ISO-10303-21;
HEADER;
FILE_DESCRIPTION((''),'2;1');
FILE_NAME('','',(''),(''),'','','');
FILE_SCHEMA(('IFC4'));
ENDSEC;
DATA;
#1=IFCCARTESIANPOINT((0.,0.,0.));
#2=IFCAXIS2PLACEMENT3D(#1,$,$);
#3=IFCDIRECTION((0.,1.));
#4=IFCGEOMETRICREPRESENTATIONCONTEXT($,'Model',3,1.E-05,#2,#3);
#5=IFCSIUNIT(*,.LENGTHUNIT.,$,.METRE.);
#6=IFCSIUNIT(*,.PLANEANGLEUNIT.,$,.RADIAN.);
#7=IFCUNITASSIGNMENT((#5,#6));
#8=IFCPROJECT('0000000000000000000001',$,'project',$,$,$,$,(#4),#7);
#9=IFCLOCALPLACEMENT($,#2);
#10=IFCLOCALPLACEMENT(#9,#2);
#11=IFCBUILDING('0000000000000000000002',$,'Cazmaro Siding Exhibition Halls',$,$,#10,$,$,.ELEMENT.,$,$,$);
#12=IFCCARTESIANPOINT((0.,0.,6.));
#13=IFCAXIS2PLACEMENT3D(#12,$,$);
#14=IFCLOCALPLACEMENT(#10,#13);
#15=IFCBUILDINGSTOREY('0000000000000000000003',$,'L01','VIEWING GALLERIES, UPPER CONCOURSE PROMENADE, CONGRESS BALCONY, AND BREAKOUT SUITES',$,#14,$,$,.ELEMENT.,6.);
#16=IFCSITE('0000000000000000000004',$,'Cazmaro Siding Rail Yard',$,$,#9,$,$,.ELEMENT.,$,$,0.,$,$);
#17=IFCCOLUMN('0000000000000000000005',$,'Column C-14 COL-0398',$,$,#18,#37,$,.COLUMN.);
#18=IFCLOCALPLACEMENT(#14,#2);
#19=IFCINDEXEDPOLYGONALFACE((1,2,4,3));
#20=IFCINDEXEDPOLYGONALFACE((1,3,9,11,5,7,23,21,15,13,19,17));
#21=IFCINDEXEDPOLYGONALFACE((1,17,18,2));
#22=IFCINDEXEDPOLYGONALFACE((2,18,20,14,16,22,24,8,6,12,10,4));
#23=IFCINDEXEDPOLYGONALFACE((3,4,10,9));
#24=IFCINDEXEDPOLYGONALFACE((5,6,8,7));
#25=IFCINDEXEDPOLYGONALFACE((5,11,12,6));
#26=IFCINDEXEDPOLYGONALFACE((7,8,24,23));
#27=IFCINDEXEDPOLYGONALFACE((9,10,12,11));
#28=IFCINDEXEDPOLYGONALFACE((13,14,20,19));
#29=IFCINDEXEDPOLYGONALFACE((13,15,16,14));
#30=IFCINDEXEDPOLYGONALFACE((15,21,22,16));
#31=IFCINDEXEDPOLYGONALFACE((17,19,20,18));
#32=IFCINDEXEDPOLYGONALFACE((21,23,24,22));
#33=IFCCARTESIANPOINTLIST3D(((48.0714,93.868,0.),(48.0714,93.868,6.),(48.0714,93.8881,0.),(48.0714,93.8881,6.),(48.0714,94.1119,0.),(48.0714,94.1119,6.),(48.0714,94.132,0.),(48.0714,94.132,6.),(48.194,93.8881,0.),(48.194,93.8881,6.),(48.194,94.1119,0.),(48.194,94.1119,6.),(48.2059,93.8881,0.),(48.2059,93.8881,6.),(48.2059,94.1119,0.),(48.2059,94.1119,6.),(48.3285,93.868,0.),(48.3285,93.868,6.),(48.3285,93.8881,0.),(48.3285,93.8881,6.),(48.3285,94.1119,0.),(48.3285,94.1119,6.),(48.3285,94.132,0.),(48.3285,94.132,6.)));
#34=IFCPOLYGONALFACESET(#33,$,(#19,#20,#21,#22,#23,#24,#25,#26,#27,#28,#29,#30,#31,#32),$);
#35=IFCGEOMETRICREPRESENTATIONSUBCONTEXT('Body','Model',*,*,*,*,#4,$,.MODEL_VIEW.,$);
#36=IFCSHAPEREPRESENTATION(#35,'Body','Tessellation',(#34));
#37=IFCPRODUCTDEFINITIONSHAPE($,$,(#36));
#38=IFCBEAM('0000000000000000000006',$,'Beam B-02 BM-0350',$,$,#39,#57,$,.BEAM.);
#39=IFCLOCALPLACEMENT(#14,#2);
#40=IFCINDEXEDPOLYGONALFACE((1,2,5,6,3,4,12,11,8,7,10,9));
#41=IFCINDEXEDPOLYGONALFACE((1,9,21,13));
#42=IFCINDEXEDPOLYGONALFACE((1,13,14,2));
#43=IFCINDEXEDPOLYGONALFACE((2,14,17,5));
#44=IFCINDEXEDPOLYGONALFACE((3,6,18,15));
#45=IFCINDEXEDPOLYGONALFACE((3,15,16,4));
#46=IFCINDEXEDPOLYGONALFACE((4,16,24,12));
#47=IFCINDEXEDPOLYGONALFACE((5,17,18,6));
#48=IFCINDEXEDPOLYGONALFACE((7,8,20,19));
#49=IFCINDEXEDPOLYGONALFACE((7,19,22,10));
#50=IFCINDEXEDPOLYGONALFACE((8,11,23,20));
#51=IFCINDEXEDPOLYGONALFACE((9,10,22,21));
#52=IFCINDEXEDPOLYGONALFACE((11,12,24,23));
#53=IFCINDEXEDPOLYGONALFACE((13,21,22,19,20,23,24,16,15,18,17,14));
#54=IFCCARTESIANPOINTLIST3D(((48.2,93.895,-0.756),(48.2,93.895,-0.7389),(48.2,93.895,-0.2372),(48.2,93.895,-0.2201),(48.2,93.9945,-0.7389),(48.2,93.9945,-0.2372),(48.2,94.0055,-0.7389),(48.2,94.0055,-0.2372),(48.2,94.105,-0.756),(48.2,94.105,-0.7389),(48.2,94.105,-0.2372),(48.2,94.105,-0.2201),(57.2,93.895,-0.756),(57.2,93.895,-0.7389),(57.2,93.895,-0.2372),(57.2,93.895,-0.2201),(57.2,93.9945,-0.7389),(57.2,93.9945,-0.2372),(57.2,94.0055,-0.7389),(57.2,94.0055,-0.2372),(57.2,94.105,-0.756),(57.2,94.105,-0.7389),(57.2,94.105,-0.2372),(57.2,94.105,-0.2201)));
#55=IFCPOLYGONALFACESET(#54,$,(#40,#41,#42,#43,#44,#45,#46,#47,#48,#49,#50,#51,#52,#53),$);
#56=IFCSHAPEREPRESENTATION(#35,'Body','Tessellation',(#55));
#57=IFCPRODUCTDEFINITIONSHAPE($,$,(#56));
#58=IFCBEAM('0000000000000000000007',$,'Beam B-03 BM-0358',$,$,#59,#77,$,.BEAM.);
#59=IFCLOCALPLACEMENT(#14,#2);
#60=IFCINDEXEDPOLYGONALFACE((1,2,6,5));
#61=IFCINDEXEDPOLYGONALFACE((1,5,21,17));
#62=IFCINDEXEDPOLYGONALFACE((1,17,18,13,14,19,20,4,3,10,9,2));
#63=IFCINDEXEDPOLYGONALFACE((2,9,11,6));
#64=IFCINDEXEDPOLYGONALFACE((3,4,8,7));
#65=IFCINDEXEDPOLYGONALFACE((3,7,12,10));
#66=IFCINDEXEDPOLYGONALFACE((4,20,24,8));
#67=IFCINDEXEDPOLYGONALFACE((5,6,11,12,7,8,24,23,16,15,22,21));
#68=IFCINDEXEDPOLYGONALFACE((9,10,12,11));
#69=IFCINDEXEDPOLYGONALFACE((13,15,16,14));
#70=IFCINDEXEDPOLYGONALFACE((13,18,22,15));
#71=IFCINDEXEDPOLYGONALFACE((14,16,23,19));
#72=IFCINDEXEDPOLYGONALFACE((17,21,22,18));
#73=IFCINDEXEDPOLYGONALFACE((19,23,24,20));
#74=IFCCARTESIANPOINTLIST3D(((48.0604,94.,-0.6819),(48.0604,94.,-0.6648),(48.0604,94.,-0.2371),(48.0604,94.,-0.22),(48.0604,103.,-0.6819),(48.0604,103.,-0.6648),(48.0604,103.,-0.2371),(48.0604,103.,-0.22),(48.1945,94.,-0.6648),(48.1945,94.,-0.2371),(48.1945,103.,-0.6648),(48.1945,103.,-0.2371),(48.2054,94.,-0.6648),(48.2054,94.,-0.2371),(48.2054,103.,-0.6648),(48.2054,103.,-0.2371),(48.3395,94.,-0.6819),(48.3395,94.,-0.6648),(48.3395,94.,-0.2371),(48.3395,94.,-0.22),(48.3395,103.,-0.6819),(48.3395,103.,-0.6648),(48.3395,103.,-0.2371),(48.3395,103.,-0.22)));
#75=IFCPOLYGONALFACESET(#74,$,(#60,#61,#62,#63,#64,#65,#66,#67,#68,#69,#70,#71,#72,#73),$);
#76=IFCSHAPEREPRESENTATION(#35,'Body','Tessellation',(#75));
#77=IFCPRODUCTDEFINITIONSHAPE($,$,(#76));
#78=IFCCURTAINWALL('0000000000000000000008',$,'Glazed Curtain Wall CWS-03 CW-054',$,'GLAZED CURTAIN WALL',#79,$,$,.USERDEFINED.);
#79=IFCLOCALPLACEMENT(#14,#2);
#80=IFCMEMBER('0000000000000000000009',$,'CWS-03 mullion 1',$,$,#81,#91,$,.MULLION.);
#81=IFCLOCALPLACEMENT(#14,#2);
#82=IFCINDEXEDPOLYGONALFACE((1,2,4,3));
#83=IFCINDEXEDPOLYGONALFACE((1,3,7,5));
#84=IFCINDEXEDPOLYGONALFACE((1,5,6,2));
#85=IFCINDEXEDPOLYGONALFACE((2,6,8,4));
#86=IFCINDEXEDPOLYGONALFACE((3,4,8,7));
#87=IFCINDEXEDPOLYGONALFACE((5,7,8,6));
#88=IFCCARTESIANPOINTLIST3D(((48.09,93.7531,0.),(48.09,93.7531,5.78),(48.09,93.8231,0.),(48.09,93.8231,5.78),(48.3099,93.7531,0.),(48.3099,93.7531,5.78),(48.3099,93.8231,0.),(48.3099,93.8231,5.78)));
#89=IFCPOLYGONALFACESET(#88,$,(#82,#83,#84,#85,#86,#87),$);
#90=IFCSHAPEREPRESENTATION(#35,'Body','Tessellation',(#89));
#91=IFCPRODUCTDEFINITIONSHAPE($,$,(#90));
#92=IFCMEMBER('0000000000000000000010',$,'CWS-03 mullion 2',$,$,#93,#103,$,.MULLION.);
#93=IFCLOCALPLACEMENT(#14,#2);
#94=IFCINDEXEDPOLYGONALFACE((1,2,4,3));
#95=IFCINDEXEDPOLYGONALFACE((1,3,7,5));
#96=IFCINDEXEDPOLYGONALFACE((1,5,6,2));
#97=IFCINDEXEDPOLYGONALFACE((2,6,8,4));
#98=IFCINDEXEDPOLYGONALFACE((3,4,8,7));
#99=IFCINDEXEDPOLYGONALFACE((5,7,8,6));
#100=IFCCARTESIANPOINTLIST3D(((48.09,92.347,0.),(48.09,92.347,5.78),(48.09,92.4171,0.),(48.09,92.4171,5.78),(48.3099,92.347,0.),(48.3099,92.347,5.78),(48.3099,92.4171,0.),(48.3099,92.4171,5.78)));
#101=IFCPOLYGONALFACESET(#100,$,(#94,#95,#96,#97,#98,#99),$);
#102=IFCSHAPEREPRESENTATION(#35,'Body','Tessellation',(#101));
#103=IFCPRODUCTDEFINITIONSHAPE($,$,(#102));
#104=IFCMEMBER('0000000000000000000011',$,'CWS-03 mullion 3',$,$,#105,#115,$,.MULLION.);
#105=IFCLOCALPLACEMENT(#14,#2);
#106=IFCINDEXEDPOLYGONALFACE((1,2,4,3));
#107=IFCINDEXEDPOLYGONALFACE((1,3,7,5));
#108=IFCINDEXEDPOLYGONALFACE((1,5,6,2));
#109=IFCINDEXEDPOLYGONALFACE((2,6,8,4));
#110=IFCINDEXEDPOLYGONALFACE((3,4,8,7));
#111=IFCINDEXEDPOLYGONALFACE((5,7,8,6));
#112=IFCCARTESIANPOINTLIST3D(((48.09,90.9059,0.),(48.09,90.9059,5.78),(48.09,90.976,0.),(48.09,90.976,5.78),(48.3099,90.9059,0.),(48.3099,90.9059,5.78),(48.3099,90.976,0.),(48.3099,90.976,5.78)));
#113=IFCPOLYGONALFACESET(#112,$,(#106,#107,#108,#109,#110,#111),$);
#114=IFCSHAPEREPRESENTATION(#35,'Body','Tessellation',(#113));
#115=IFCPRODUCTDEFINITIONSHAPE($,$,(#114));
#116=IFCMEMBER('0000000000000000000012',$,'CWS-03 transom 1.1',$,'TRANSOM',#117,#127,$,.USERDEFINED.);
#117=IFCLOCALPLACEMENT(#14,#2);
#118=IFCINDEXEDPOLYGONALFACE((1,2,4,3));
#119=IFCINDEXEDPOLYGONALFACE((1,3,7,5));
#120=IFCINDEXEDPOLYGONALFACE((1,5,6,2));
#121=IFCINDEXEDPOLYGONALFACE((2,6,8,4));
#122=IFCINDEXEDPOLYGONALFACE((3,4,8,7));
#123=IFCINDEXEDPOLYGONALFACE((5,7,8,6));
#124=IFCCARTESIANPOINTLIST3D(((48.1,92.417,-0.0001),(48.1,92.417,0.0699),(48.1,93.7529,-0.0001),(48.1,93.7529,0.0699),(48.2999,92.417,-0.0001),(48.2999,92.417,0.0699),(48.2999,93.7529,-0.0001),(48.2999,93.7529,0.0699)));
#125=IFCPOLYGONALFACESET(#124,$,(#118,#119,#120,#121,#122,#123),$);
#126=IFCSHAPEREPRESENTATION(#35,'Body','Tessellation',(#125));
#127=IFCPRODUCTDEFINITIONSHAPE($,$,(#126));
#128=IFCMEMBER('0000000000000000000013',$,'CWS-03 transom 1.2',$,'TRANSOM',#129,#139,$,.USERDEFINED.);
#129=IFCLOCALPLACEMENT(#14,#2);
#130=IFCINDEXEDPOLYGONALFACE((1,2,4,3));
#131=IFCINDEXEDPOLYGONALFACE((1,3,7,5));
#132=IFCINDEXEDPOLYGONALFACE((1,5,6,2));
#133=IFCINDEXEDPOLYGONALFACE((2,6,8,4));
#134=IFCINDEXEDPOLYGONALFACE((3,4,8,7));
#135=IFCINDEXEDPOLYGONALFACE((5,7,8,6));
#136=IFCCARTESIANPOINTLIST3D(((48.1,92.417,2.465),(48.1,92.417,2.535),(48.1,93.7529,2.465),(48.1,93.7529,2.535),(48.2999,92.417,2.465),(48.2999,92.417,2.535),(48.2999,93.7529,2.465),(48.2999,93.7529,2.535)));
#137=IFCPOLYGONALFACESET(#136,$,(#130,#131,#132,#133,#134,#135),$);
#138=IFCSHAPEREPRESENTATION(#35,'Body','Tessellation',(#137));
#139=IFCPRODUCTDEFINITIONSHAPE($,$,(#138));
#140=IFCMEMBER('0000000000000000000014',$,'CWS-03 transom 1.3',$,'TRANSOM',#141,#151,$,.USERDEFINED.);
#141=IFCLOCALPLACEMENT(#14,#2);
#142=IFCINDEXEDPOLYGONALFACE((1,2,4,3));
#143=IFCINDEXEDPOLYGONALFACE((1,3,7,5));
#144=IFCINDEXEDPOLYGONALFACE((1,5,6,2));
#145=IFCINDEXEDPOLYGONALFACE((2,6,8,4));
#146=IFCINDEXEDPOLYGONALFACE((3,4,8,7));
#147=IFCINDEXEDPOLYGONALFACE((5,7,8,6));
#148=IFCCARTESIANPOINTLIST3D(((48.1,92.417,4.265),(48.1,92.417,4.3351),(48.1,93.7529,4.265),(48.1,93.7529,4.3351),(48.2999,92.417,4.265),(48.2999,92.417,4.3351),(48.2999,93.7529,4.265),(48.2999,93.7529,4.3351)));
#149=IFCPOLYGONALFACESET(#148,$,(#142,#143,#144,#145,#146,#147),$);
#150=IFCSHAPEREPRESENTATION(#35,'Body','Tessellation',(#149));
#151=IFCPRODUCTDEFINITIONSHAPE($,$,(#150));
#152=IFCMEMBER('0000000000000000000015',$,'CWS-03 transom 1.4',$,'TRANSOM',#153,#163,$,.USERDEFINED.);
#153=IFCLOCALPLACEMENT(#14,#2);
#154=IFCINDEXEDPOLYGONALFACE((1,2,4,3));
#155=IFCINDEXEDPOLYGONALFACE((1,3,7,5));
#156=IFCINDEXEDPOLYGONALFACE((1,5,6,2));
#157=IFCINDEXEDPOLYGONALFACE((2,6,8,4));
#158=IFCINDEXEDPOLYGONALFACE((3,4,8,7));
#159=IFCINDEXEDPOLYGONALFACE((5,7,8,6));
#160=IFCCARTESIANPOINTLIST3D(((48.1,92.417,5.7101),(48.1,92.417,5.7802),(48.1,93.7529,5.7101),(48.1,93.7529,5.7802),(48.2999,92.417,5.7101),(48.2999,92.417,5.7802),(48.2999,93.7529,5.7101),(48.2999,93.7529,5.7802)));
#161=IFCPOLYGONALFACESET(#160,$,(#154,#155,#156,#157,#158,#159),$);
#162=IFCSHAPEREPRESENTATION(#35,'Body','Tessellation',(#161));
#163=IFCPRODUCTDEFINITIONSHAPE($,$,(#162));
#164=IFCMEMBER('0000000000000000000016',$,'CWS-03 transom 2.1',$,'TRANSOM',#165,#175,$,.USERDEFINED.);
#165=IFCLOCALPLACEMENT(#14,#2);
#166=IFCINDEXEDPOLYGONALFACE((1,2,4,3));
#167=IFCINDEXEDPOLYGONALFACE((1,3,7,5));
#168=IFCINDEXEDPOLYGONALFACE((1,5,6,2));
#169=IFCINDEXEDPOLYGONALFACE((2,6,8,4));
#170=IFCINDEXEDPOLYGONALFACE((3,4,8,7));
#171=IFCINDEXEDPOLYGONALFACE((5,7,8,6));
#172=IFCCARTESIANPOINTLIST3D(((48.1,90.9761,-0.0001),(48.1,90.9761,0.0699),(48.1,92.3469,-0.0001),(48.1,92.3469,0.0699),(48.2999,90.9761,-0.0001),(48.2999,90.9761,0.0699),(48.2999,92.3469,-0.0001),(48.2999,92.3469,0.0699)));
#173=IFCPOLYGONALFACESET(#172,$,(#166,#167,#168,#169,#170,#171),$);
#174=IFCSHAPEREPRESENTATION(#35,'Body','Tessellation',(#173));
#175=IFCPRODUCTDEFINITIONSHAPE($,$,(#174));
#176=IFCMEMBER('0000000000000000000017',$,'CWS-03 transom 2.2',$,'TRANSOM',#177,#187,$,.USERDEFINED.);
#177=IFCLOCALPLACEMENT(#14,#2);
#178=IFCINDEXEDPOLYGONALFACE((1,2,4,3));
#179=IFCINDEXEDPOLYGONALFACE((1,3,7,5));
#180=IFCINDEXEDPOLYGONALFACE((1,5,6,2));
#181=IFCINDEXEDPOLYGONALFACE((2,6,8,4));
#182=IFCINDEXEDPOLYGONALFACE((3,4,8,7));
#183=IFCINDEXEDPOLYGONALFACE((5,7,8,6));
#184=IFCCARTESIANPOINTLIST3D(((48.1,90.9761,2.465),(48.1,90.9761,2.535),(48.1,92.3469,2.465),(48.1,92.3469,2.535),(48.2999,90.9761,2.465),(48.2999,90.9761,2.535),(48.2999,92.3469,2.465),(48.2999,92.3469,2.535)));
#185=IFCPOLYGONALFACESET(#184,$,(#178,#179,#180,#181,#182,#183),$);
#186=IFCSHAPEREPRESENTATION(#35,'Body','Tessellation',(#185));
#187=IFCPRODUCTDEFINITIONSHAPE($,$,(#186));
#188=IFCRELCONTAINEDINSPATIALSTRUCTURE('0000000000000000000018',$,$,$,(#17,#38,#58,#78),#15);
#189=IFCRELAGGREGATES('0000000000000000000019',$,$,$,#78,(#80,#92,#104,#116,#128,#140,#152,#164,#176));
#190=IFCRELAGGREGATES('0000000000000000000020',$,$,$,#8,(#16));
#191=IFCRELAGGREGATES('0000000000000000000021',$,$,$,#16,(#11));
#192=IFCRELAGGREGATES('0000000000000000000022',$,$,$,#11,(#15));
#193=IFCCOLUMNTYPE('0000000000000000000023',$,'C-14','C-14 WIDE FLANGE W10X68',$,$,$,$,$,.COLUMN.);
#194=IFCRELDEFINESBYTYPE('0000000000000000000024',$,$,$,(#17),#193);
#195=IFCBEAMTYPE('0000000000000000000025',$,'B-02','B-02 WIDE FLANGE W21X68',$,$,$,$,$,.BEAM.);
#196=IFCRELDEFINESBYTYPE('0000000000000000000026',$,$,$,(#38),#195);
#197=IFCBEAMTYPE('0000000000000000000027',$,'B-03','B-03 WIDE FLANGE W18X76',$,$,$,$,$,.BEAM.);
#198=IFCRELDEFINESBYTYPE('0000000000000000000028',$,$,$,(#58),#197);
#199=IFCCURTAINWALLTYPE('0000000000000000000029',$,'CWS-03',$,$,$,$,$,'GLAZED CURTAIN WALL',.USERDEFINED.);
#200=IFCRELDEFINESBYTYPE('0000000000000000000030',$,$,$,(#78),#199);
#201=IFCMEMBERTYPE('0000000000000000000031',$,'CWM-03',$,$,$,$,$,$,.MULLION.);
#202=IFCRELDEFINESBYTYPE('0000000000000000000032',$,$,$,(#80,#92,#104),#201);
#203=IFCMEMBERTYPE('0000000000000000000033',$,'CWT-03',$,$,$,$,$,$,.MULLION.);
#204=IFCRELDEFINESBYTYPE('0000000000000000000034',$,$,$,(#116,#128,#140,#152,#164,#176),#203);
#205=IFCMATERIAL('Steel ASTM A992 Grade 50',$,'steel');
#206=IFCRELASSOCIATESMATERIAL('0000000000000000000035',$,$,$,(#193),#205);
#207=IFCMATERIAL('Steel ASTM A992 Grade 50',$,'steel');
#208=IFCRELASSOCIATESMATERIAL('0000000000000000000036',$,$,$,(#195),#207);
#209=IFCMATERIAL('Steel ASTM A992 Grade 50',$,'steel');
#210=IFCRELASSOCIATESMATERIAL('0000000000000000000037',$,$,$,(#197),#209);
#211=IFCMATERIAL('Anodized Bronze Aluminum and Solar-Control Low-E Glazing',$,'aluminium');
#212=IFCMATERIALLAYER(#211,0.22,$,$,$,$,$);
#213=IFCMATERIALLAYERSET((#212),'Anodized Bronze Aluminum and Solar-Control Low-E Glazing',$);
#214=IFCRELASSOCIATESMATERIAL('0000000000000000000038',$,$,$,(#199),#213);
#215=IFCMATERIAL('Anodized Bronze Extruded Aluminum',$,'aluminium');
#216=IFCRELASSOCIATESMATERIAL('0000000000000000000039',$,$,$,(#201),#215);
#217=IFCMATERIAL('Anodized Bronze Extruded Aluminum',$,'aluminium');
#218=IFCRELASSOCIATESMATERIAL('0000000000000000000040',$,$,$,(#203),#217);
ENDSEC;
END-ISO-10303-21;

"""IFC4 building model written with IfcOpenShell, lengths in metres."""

from ifc_helpers import new_model, si_unit, direction, frame, origin, origin_2d, place, context, subcontext, project, spatial, rectangle, i_section, extrude, material, layer, layer_set, material_profile, profile_set, type_object, element, aggregate, save


model = new_model("IFC4")

# Units and contexts
model_context = context("Model", 3, precision=1e-05, world=origin(), true_north=direction((0.0, 1.0)))
body_context = subcontext(model_context, "Body", "Model", "MODEL_VIEW")
ifc_project = project(units=[si_unit("LENGTHUNIT", "METRE"), si_unit("PLANEANGLEUNIT", "RADIAN")], contexts=[model_context])

# Site, building, storey
site_placement = place(None, origin())
site = spatial("IfcSite", under=ifc_project, at=site_placement, Name="Cazmaro Siding Rail Yard", CompositionType="ELEMENT", RefElevation=0.0)
building_placement = place(site_placement, origin())
building = spatial("IfcBuilding", under=site, at=building_placement, Name="Cazmaro Siding Exhibition Halls", CompositionType="ELEMENT")
storey_placement = place(building_placement, frame((0.0, 0.0, 6.0)))
storey = spatial("IfcBuildingStorey", under=building, at=storey_placement, Name="L01", Description="VIEWING GALLERIES, UPPER CONCOURSE PROMENADE, CONGRESS BALCONY, AND BREAKOUT SUITES", CompositionType="ELEMENT", Elevation=6.0)

# Column
ifc_material_1 = material(Name="Steel ASTM A992 Grade 50", Category="steel")
ifc_material_profile_1 = material_profile(ifc_material_1, i_section(OverallWidth=0.2571, OverallDepth=0.2639, WebThickness=0.012, FlangeThickness=0.02, at=origin_2d()), Name="W10X68")
ifc_profile_set_1 = profile_set([ifc_material_profile_1], Name="Steel ASTM A992 Grade 50")
column_type = type_object("IfcColumnType", Name="C-14", Description="C-14 WIDE FLANGE W10X68", PredefinedType="COLUMN", material=ifc_profile_set_1)
column_placement = place(storey_placement, frame((48.2, 94.0, 0.0), z_axis=(0.0, 0.0, 1.0), x_axis=(1.0, 0.0, 0.0)))
element("IfcColumn", 1, at=column_placement, inside=storey, type_object=column_type, Name="Column C-14 COL-0398", PredefinedType="COLUMN", context=body_context, shape_type="SweptSolid", body=[
    extrude(i_section(OverallWidth=0.2571, OverallDepth=0.2639, WebThickness=0.012, FlangeThickness=0.02, at=origin_2d()), origin(), (0.0, 0.0, 1.0), 6.0),
])

# Beams
ifc_material_2 = material(Name="Steel ASTM A992 Grade 50", Category="steel")
ifc_material_profile_2 = material_profile(ifc_material_2, i_section(OverallWidth=0.21, OverallDepth=0.5359, WebThickness=0.011, FlangeThickness=0.0171, at=origin_2d()), Name="W21X68")
ifc_profile_set_2 = profile_set([ifc_material_profile_2], Name="Steel ASTM A992 Grade 50")
beam_type_1 = type_object("IfcBeamType", Name="B-02", Description="B-02 WIDE FLANGE W21X68", PredefinedType="BEAM", material=ifc_profile_set_2)
beam_1_placement = place(storey_placement, frame((48.2, 94.0, -0.488), z_axis=(1.0, 0.0, 0.0), x_axis=(0.0, 1.0, 0.0)))
element("IfcBeam", 2, at=beam_1_placement, inside=storey, type_object=beam_type_1, Name="Beam B-02 BM-0350", PredefinedType="BEAM", context=body_context, shape_type="SweptSolid", body=[
    extrude(i_section(OverallWidth=0.21, OverallDepth=0.5359, WebThickness=0.011, FlangeThickness=0.0171, at=origin_2d()), origin(), (0.0, 0.0, 1.0), 9.0),
])
ifc_material_3 = material(Name="Steel ASTM A992 Grade 50", Category="steel")
ifc_material_profile_3 = material_profile(ifc_material_3, i_section(OverallWidth=0.2791, OverallDepth=0.4619, WebThickness=0.011, FlangeThickness=0.0171, at=origin_2d()), Name="W18X76")
ifc_profile_set_3 = profile_set([ifc_material_profile_3], Name="Steel ASTM A992 Grade 50")
beam_type_2 = type_object("IfcBeamType", Name="B-03", Description="B-03 WIDE FLANGE W18X76", PredefinedType="BEAM", material=ifc_profile_set_3)
beam_2_placement = place(storey_placement, frame((48.2, 94.0, -0.4509), z_axis=(0.0, 1.0, 0.0), x_axis=(-1.0, 0.0, 0.0)))
element("IfcBeam", 3, at=beam_2_placement, inside=storey, type_object=beam_type_2, Name="Beam B-03 BM-0358", PredefinedType="BEAM", context=body_context, shape_type="SweptSolid", body=[
    extrude(i_section(OverallWidth=0.2791, OverallDepth=0.4619, WebThickness=0.011, FlangeThickness=0.0171, at=origin_2d()), origin(), (0.0, 0.0, 1.0), 9.0),
])

# Curtain wall, members
ifc_material_4 = material(Name="Anodized Bronze Aluminum and Solar-Control Low-E Glazing", Category="aluminium")
ifc_layer_1 = layer(ifc_material_4, 0.22)
ifc_layer_set_1 = layer_set([ifc_layer_1], Name="Anodized Bronze Aluminum and Solar-Control Low-E Glazing")
curtain_wall_type = type_object("IfcCurtainWallType", Name="CWS-03", ElementType="GLAZED CURTAIN WALL", PredefinedType="USERDEFINED", material=ifc_layer_set_1)
curtain_wall_placement = place(storey_placement, origin())
curtain_wall = element("IfcCurtainWall", 4, at=curtain_wall_placement, inside=storey, type_object=curtain_wall_type, Name="Glazed Curtain Wall CWS-03 CW-054", ObjectType="GLAZED CURTAIN WALL", PredefinedType="USERDEFINED")
ifc_material_5 = material(Name="Anodized Bronze Extruded Aluminum", Category="aluminium")
ifc_material_profile_4 = material_profile(ifc_material_5, rectangle(XDim=0.22, YDim=0.0701, at=origin_2d()), Name="CWM-03")
ifc_profile_set_4 = profile_set([ifc_material_profile_4], Name="Anodized Bronze Extruded Aluminum")
member_type_1 = type_object("IfcMemberType", Name="CWM-03", PredefinedType="MULLION", material=ifc_profile_set_4)
member_1_placement = place(storey_placement, frame((48.2, 93.7881, 0.0), z_axis=(0.0, 0.0, 1.0), x_axis=(1.0, 0.0, 0.0)))
member_1 = element("IfcMember", 5, at=member_1_placement, type_object=member_type_1, Name="CWS-03 mullion 1", PredefinedType="MULLION", context=body_context, shape_type="SweptSolid", body=[
    extrude(rectangle(XDim=0.22, YDim=0.0701, at=origin_2d()), origin(), (0.0, 0.0, 1.0), 5.78),
])
member_2_placement = place(storey_placement, frame((48.2, 92.3821, 0.0), z_axis=(0.0, 0.0, 1.0), x_axis=(1.0, 0.0, 0.0)))
member_2 = element("IfcMember", 6, at=member_2_placement, type_object=member_type_1, Name="CWS-03 mullion 2", PredefinedType="MULLION", context=body_context, shape_type="SweptSolid", body=[
    extrude(rectangle(XDim=0.22, YDim=0.0701, at=origin_2d()), origin(), (0.0, 0.0, 1.0), 5.78),
])
member_3_placement = place(storey_placement, frame((48.2, 90.9409, 0.0), z_axis=(0.0, 0.0, 1.0), x_axis=(1.0, 0.0, 0.0)))
member_3 = element("IfcMember", 7, at=member_3_placement, type_object=member_type_1, Name="CWS-03 mullion 3", PredefinedType="MULLION", context=body_context, shape_type="SweptSolid", body=[
    extrude(rectangle(XDim=0.22, YDim=0.0701, at=origin_2d()), origin(), (0.0, 0.0, 1.0), 5.78),
])
ifc_material_6 = material(Name="Anodized Bronze Extruded Aluminum", Category="aluminium")
ifc_material_profile_5 = material_profile(ifc_material_6, rectangle(XDim=0.2, YDim=0.0701, at=origin_2d()), Name="CWT-03")
ifc_profile_set_5 = profile_set([ifc_material_profile_5], Name="Anodized Bronze Extruded Aluminum")
member_type_2 = type_object("IfcMemberType", Name="CWT-03", PredefinedType="MULLION", material=ifc_profile_set_5)
member_4_placement = place(storey_placement, frame((48.2, 93.7529, 0.0349), z_axis=(0.0, -1.0, 0.0), x_axis=(1.0, 0.0, 0.0)))
member_4 = element("IfcMember", 8, at=member_4_placement, type_object=member_type_2, Name="CWS-03 transom 1.1", ObjectType="TRANSOM", PredefinedType="USERDEFINED", context=body_context, shape_type="SweptSolid", body=[
    extrude(rectangle(XDim=0.2, YDim=0.0701, at=origin_2d()), origin(), (0.0, 0.0, 1.0), 1.3359),
])
member_5_placement = place(storey_placement, frame((48.2, 93.7529, 2.5), z_axis=(0.0, -1.0, 0.0), x_axis=(1.0, 0.0, 0.0)))
member_5 = element("IfcMember", 9, at=member_5_placement, type_object=member_type_2, Name="CWS-03 transom 1.2", ObjectType="TRANSOM", PredefinedType="USERDEFINED", context=body_context, shape_type="SweptSolid", body=[
    extrude(rectangle(XDim=0.2, YDim=0.0701, at=origin_2d()), origin(), (0.0, 0.0, 1.0), 1.3359),
])
member_6_placement = place(storey_placement, frame((48.2, 93.7529, 4.3), z_axis=(0.0, -1.0, 0.0), x_axis=(1.0, 0.0, 0.0)))
member_6 = element("IfcMember", 10, at=member_6_placement, type_object=member_type_2, Name="CWS-03 transom 1.3", ObjectType="TRANSOM", PredefinedType="USERDEFINED", context=body_context, shape_type="SweptSolid", body=[
    extrude(rectangle(XDim=0.2, YDim=0.0701, at=origin_2d()), origin(), (0.0, 0.0, 1.0), 1.3359),
])
member_7_placement = place(storey_placement, frame((48.2, 93.7529, 5.7451), z_axis=(0.0, -1.0, 0.0), x_axis=(1.0, 0.0, 0.0)))
member_7 = element("IfcMember", 11, at=member_7_placement, type_object=member_type_2, Name="CWS-03 transom 1.4", ObjectType="TRANSOM", PredefinedType="USERDEFINED", context=body_context, shape_type="SweptSolid", body=[
    extrude(rectangle(XDim=0.2, YDim=0.0701, at=origin_2d()), origin(), (0.0, 0.0, 1.0), 1.3359),
])
member_8_placement = place(storey_placement, frame((48.2, 92.3469, 0.0349), z_axis=(0.0, -1.0, 0.0), x_axis=(1.0, 0.0, 0.0)))
member_8 = element("IfcMember", 12, at=member_8_placement, type_object=member_type_2, Name="CWS-03 transom 2.1", ObjectType="TRANSOM", PredefinedType="USERDEFINED", context=body_context, shape_type="SweptSolid", body=[
    extrude(rectangle(XDim=0.2, YDim=0.0701, at=origin_2d()), origin(), (0.0, 0.0, 1.0), 1.3708),
])
member_9_placement = place(storey_placement, frame((48.2, 92.3469, 2.5), z_axis=(0.0, -1.0, 0.0), x_axis=(1.0, 0.0, 0.0)))
member_9 = element("IfcMember", 13, at=member_9_placement, type_object=member_type_2, Name="CWS-03 transom 2.2", ObjectType="TRANSOM", PredefinedType="USERDEFINED", context=body_context, shape_type="SweptSolid", body=[
    extrude(rectangle(XDim=0.2, YDim=0.0701, at=origin_2d()), origin(), (0.0, 0.0, 1.0), 1.3708),
])
aggregate(curtain_wall, [member_1, member_2, member_3, member_4, member_5, member_6, member_7, member_8, member_9])

save(model, "model.ifc")
